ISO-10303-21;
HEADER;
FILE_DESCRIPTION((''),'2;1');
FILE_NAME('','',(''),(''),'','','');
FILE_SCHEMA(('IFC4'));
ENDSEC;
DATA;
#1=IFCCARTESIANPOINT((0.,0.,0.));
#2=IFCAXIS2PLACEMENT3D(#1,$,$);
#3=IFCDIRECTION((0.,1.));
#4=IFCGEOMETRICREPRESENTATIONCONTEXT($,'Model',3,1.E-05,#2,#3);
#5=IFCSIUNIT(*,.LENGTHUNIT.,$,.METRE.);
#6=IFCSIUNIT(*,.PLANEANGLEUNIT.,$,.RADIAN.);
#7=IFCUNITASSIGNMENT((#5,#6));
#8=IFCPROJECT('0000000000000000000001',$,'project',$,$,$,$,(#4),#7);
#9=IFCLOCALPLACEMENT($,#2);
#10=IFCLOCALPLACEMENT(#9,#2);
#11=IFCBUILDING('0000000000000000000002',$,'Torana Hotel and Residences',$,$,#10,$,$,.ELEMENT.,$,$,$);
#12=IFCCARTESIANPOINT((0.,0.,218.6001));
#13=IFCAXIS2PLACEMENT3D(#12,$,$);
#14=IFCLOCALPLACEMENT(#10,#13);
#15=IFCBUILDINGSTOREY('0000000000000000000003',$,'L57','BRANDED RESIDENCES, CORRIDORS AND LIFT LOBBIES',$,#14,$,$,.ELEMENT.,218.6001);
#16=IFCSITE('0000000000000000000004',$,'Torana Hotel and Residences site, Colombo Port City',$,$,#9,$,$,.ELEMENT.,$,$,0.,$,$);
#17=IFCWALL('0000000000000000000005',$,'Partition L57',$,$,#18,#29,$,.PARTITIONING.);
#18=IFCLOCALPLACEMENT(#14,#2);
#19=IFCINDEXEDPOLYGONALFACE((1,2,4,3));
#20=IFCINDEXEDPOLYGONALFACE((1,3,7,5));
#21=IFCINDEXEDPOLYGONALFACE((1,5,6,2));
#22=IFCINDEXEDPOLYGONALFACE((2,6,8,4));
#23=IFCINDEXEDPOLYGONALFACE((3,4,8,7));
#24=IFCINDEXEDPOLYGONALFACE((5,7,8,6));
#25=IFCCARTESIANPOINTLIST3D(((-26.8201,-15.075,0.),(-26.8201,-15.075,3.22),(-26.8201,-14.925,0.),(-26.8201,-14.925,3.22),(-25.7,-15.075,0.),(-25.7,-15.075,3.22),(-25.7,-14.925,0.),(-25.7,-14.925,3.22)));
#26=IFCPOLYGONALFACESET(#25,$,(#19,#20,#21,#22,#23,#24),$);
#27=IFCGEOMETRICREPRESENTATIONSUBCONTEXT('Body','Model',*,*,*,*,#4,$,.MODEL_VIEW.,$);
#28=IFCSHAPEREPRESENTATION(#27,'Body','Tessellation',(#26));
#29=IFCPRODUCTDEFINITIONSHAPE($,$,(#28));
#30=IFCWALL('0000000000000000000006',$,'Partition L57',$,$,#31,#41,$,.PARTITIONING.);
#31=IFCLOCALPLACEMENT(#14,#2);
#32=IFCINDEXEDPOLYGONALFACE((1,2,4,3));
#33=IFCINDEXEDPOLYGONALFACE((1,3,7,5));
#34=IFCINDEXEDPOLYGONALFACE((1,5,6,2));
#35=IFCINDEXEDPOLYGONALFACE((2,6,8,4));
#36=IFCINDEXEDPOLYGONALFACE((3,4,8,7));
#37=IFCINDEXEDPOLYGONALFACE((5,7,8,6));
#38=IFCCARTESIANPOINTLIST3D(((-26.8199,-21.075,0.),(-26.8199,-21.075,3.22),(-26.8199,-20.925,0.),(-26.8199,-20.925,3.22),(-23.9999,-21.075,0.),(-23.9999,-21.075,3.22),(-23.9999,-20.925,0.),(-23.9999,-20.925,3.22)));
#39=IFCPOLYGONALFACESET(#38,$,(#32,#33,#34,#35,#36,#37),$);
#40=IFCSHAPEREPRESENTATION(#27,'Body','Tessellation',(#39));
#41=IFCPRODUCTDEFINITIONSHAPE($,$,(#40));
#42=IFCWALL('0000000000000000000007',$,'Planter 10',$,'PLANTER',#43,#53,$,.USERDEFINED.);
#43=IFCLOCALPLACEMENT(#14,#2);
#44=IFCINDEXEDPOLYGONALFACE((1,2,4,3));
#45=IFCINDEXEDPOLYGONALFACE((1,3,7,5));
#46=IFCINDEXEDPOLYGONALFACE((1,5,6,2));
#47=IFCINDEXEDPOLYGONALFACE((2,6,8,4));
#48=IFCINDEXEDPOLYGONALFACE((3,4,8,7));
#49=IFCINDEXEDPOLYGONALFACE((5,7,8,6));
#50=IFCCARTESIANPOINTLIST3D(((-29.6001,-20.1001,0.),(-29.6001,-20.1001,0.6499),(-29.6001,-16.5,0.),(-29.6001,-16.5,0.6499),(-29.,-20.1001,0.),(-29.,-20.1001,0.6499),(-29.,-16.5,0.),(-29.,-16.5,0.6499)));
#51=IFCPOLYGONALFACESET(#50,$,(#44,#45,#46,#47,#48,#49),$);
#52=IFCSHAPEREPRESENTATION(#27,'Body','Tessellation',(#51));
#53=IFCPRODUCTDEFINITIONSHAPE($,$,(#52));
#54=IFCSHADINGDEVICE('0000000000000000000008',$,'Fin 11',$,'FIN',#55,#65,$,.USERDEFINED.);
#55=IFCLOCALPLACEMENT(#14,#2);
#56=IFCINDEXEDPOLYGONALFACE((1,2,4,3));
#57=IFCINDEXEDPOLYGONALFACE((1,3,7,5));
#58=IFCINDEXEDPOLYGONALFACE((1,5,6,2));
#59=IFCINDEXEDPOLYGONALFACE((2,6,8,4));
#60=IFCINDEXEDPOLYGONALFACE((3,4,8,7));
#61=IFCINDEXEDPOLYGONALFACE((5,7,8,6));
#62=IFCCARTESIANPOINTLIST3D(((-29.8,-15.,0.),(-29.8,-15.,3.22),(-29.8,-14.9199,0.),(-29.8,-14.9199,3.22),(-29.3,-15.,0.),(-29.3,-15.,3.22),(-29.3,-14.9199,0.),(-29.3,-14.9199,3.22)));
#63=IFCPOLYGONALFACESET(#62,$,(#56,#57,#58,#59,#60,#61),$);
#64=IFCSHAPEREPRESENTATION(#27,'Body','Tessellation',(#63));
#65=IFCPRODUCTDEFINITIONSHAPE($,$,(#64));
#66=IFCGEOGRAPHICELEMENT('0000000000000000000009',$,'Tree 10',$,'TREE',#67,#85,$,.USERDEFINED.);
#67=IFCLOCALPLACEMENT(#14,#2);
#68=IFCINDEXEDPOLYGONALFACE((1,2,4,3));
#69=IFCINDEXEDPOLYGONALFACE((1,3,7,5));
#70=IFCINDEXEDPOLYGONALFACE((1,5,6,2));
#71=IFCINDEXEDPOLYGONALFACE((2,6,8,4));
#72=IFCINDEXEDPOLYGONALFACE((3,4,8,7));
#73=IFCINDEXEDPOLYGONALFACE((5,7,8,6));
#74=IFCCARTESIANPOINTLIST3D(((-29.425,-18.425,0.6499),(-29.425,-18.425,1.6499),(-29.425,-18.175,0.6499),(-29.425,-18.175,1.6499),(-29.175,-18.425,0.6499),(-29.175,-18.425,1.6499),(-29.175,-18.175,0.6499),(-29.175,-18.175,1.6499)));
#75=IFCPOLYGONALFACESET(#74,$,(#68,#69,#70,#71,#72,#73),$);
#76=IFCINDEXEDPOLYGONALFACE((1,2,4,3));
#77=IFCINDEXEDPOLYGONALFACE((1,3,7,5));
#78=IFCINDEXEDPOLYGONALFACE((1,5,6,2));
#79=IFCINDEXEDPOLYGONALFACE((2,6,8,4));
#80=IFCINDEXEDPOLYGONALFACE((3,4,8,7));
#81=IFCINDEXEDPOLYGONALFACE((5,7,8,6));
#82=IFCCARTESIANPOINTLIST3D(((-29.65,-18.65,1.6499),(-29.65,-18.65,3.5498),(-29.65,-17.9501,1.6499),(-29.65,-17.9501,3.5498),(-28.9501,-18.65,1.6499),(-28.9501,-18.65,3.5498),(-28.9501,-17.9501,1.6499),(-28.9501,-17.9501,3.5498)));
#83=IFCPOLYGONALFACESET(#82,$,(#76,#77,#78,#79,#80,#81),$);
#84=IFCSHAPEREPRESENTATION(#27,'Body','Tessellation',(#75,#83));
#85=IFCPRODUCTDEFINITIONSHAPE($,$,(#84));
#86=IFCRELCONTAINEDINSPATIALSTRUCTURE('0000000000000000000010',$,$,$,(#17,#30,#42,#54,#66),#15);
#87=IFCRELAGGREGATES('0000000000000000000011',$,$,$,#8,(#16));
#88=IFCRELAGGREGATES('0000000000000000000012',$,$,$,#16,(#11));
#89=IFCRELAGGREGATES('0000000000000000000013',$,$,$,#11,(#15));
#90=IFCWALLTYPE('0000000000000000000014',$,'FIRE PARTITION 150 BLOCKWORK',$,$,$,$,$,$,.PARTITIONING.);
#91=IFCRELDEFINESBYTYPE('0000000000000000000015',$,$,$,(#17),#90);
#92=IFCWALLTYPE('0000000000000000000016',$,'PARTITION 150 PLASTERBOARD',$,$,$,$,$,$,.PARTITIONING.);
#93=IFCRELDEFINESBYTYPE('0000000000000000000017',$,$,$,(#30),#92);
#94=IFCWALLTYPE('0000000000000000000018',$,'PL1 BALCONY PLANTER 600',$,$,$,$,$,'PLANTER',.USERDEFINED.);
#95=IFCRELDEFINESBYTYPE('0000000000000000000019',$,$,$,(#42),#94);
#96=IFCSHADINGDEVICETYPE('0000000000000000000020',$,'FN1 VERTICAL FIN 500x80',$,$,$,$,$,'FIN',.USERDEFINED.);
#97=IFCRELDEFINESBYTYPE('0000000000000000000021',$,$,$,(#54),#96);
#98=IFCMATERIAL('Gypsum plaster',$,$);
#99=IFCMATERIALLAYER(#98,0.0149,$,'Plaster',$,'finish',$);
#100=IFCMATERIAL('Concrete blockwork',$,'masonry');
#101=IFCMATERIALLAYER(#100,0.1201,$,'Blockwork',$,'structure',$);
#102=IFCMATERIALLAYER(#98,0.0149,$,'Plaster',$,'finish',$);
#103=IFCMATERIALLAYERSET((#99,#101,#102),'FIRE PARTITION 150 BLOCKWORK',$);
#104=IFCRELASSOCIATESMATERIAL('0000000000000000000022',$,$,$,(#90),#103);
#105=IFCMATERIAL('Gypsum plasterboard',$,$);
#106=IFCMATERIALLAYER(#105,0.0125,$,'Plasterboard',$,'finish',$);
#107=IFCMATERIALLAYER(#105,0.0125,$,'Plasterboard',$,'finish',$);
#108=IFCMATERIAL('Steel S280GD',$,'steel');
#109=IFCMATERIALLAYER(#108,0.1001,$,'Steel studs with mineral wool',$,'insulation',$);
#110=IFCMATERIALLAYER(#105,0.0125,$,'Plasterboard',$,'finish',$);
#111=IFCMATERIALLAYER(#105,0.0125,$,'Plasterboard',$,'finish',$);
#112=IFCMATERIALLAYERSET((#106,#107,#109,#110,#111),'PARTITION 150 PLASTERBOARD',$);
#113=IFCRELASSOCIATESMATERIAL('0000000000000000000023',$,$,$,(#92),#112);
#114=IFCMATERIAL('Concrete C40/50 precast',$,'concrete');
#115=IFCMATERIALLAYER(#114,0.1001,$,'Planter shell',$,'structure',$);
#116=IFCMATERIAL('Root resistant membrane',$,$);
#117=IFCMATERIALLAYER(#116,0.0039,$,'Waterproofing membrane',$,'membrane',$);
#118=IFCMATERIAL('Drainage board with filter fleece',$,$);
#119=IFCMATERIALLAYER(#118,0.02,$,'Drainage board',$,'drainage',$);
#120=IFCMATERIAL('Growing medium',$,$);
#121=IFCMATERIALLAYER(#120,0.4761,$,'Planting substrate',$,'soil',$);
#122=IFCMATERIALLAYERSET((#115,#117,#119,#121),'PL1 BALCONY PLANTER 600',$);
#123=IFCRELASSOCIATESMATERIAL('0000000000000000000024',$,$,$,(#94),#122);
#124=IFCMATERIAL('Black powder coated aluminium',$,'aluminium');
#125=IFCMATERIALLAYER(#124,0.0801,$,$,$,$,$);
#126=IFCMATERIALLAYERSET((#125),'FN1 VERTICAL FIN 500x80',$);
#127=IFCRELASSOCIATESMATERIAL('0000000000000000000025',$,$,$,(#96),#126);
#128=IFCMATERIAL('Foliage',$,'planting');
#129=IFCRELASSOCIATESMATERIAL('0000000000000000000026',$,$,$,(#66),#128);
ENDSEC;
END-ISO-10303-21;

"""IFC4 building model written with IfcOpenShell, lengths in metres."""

from ifc_helpers import new_model, si_unit, direction, frame, frame_2d, origin, origin_2d, place, context, subcontext, project, spatial, rectangle, extrude, material, layer, layer_set, type_object, element, save


model = new_model("IFC4")

# Units and contexts
model_context = context("Model", 3, precision=1e-05, world=origin(), true_north=direction((0.0, 1.0)))
body_context = subcontext(model_context, "Body", "Model", "MODEL_VIEW")
ifc_project = project(units=[si_unit("LENGTHUNIT", "METRE"), si_unit("PLANEANGLEUNIT", "RADIAN")], contexts=[model_context])

# Site, building, storey
site_placement = place(None, origin())
site = spatial("IfcSite", under=ifc_project, at=site_placement, Name="Torana Hotel and Residences site, Colombo Port City", CompositionType="ELEMENT", RefElevation=0.0)
building_placement = place(site_placement, origin())
building = spatial("IfcBuilding", under=site, at=building_placement, Name="Torana Hotel and Residences", CompositionType="ELEMENT")
storey_placement = place(building_placement, frame((0.0, 0.0, 218.6001)))
storey = spatial("IfcBuildingStorey", under=building, at=storey_placement, Name="L57", Description="BRANDED RESIDENCES, CORRIDORS AND LIFT LOBBIES", CompositionType="ELEMENT", Elevation=218.6001)

# Shared definitions
ifc_material_1 = material(Name="Gypsum plaster")
ifc_layer_1 = layer(ifc_material_1, 0.0149, Name="Plaster", Category="finish")
ifc_material_2 = material(Name="Concrete blockwork", Category="masonry")
ifc_layer_2 = layer(ifc_material_2, 0.1201, Name="Blockwork", Category="structure")
ifc_layer_3 = layer(ifc_material_1, 0.0149, Name="Plaster", Category="finish")
ifc_layer_set_1 = layer_set([ifc_layer_1, ifc_layer_2, ifc_layer_3], Name="FIRE PARTITION 150 BLOCKWORK")
wall_type_1 = type_object("IfcWallType", Name="FIRE PARTITION 150 BLOCKWORK", PredefinedType="PARTITIONING", material=ifc_layer_set_1)

# Walls
wall_1_placement = place(storey_placement, frame((-26.8201, -15.0, 0.0), z_axis=(0.0, 0.0, 1.0), x_axis=(1.0, 0.0, 0.0)))
element("IfcWall", 1, at=wall_1_placement, inside=storey, type_object=wall_type_1, Name="Partition L57", PredefinedType="PARTITIONING", context=body_context, shape_type="SweptSolid", body=[
    extrude(rectangle(XDim=1.1201, YDim=0.1499, at=frame_2d((0.5601, 0.0))), origin(), (0.0, 0.0, 1.0), 3.22),
])
ifc_material_3 = material(Name="Gypsum plasterboard")
ifc_layer_4 = layer(ifc_material_3, 0.0125, Name="Plasterboard", Category="finish")
ifc_layer_5 = layer(ifc_material_3, 0.0125, Name="Plasterboard", Category="finish")
ifc_material_4 = material(Name="Steel S280GD", Category="steel")
ifc_layer_6 = layer(ifc_material_4, 0.1001, Name="Steel studs with mineral wool", Category="insulation")
ifc_layer_7 = layer(ifc_material_3, 0.0125, Name="Plasterboard", Category="finish")
ifc_layer_8 = layer(ifc_material_3, 0.0125, Name="Plasterboard", Category="finish")
ifc_layer_set_2 = layer_set([ifc_layer_4, ifc_layer_5, ifc_layer_6, ifc_layer_7, ifc_layer_8], Name="PARTITION 150 PLASTERBOARD")
wall_type_2 = type_object("IfcWallType", Name="PARTITION 150 PLASTERBOARD", PredefinedType="PARTITIONING", material=ifc_layer_set_2)
wall_2_placement = place(storey_placement, frame((-26.8201, -21.0, 0.0), z_axis=(0.0, 0.0, 1.0), x_axis=(1.0, 0.0, 0.0)))
element("IfcWall", 2, at=wall_2_placement, inside=storey, type_object=wall_type_2, Name="Partition L57", PredefinedType="PARTITIONING", context=body_context, shape_type="SweptSolid", body=[
    extrude(rectangle(XDim=2.8201, YDim=0.1499, at=frame_2d((1.4102, 0.0))), origin(), (0.0, 0.0, 1.0), 3.22),
])
ifc_material_5 = material(Name="Concrete C40/50 precast", Category="concrete")
ifc_layer_9 = layer(ifc_material_5, 0.1001, Name="Planter shell", Category="structure")
ifc_material_6 = material(Name="Root resistant membrane")
ifc_layer_10 = layer(ifc_material_6, 0.0039, Name="Waterproofing membrane", Category="membrane")
ifc_material_7 = material(Name="Drainage board with filter fleece")
ifc_layer_11 = layer(ifc_material_7, 0.02, Name="Drainage board", Category="drainage")
ifc_material_8 = material(Name="Growing medium")
ifc_layer_12 = layer(ifc_material_8, 0.4761, Name="Planting substrate", Category="soil")
ifc_layer_set_3 = layer_set([ifc_layer_9, ifc_layer_10, ifc_layer_11, ifc_layer_12], Name="PL1 BALCONY PLANTER 600")
wall_type_3 = type_object("IfcWallType", Name="PL1 BALCONY PLANTER 600", ElementType="PLANTER", PredefinedType="USERDEFINED", material=ifc_layer_set_3)
wall_3_placement = place(storey_placement, frame((-29.3, -20.1001, 0.0), z_axis=(0.0, 0.0, 1.0), x_axis=(0.0, 1.0, 0.0)))
element("IfcWall", 3, at=wall_3_placement, inside=storey, type_object=wall_type_3, Name="Planter 10", ObjectType="PLANTER", PredefinedType="USERDEFINED", context=body_context, shape_type="SweptSolid", body=[
    extrude(rectangle(XDim=3.6001, YDim=0.6001, at=frame_2d((1.8, 0.0))), origin(), (0.0, 0.0, 1.0), 0.6499),
])

# Shading device
ifc_material_9 = material(Name="Black powder coated aluminium", Category="aluminium")
ifc_layer_13 = layer(ifc_material_9, 0.0801)
ifc_layer_set_4 = layer_set([ifc_layer_13], Name="FN1 VERTICAL FIN 500x80")
shading_device_type = type_object("IfcShadingDeviceType", Name="FN1 VERTICAL FIN 500x80", ElementType="FIN", PredefinedType="USERDEFINED", material=ifc_layer_set_4)
shading_device_placement = place(storey_placement, frame((-29.55, -14.96, 0.0), z_axis=(0.0, 0.0, 1.0), x_axis=(0.0, 1.0, 0.0)))
element("IfcShadingDevice", 4, at=shading_device_placement, inside=storey, type_object=shading_device_type, Name="Fin 11", ObjectType="FIN", PredefinedType="USERDEFINED", context=body_context, shape_type="SweptSolid", body=[
    extrude(rectangle(XDim=0.0801, YDim=0.5, at=origin_2d()), origin(), (0.0, 0.0, 1.0), 3.22),
])

# Geographic element
ifc_material_10 = material(Name="Foliage", Category="planting")
geographic_element_placement = place(storey_placement, frame((-29.3, -18.3, 0.6499), z_axis=(0.0, 0.0, 1.0), x_axis=(1.0, 0.0, 0.0)))
element("IfcGeographicElement", 5, at=geographic_element_placement, inside=storey, material=ifc_material_10, Name="Tree 10", ObjectType="TREE", PredefinedType="USERDEFINED", context=body_context, shape_type="SweptSolid", body=[
    extrude(rectangle(XDim=0.25, YDim=0.25, at=origin_2d()), origin(), (0.0, 0.0, 1.0), 1.0),
    extrude(rectangle(XDim=0.7, YDim=0.7, at=origin_2d()), frame((0.0, 0.0, 1.0)), (0.0, 0.0, 1.0), 1.8999),
])

save(model, "model.ifc")
